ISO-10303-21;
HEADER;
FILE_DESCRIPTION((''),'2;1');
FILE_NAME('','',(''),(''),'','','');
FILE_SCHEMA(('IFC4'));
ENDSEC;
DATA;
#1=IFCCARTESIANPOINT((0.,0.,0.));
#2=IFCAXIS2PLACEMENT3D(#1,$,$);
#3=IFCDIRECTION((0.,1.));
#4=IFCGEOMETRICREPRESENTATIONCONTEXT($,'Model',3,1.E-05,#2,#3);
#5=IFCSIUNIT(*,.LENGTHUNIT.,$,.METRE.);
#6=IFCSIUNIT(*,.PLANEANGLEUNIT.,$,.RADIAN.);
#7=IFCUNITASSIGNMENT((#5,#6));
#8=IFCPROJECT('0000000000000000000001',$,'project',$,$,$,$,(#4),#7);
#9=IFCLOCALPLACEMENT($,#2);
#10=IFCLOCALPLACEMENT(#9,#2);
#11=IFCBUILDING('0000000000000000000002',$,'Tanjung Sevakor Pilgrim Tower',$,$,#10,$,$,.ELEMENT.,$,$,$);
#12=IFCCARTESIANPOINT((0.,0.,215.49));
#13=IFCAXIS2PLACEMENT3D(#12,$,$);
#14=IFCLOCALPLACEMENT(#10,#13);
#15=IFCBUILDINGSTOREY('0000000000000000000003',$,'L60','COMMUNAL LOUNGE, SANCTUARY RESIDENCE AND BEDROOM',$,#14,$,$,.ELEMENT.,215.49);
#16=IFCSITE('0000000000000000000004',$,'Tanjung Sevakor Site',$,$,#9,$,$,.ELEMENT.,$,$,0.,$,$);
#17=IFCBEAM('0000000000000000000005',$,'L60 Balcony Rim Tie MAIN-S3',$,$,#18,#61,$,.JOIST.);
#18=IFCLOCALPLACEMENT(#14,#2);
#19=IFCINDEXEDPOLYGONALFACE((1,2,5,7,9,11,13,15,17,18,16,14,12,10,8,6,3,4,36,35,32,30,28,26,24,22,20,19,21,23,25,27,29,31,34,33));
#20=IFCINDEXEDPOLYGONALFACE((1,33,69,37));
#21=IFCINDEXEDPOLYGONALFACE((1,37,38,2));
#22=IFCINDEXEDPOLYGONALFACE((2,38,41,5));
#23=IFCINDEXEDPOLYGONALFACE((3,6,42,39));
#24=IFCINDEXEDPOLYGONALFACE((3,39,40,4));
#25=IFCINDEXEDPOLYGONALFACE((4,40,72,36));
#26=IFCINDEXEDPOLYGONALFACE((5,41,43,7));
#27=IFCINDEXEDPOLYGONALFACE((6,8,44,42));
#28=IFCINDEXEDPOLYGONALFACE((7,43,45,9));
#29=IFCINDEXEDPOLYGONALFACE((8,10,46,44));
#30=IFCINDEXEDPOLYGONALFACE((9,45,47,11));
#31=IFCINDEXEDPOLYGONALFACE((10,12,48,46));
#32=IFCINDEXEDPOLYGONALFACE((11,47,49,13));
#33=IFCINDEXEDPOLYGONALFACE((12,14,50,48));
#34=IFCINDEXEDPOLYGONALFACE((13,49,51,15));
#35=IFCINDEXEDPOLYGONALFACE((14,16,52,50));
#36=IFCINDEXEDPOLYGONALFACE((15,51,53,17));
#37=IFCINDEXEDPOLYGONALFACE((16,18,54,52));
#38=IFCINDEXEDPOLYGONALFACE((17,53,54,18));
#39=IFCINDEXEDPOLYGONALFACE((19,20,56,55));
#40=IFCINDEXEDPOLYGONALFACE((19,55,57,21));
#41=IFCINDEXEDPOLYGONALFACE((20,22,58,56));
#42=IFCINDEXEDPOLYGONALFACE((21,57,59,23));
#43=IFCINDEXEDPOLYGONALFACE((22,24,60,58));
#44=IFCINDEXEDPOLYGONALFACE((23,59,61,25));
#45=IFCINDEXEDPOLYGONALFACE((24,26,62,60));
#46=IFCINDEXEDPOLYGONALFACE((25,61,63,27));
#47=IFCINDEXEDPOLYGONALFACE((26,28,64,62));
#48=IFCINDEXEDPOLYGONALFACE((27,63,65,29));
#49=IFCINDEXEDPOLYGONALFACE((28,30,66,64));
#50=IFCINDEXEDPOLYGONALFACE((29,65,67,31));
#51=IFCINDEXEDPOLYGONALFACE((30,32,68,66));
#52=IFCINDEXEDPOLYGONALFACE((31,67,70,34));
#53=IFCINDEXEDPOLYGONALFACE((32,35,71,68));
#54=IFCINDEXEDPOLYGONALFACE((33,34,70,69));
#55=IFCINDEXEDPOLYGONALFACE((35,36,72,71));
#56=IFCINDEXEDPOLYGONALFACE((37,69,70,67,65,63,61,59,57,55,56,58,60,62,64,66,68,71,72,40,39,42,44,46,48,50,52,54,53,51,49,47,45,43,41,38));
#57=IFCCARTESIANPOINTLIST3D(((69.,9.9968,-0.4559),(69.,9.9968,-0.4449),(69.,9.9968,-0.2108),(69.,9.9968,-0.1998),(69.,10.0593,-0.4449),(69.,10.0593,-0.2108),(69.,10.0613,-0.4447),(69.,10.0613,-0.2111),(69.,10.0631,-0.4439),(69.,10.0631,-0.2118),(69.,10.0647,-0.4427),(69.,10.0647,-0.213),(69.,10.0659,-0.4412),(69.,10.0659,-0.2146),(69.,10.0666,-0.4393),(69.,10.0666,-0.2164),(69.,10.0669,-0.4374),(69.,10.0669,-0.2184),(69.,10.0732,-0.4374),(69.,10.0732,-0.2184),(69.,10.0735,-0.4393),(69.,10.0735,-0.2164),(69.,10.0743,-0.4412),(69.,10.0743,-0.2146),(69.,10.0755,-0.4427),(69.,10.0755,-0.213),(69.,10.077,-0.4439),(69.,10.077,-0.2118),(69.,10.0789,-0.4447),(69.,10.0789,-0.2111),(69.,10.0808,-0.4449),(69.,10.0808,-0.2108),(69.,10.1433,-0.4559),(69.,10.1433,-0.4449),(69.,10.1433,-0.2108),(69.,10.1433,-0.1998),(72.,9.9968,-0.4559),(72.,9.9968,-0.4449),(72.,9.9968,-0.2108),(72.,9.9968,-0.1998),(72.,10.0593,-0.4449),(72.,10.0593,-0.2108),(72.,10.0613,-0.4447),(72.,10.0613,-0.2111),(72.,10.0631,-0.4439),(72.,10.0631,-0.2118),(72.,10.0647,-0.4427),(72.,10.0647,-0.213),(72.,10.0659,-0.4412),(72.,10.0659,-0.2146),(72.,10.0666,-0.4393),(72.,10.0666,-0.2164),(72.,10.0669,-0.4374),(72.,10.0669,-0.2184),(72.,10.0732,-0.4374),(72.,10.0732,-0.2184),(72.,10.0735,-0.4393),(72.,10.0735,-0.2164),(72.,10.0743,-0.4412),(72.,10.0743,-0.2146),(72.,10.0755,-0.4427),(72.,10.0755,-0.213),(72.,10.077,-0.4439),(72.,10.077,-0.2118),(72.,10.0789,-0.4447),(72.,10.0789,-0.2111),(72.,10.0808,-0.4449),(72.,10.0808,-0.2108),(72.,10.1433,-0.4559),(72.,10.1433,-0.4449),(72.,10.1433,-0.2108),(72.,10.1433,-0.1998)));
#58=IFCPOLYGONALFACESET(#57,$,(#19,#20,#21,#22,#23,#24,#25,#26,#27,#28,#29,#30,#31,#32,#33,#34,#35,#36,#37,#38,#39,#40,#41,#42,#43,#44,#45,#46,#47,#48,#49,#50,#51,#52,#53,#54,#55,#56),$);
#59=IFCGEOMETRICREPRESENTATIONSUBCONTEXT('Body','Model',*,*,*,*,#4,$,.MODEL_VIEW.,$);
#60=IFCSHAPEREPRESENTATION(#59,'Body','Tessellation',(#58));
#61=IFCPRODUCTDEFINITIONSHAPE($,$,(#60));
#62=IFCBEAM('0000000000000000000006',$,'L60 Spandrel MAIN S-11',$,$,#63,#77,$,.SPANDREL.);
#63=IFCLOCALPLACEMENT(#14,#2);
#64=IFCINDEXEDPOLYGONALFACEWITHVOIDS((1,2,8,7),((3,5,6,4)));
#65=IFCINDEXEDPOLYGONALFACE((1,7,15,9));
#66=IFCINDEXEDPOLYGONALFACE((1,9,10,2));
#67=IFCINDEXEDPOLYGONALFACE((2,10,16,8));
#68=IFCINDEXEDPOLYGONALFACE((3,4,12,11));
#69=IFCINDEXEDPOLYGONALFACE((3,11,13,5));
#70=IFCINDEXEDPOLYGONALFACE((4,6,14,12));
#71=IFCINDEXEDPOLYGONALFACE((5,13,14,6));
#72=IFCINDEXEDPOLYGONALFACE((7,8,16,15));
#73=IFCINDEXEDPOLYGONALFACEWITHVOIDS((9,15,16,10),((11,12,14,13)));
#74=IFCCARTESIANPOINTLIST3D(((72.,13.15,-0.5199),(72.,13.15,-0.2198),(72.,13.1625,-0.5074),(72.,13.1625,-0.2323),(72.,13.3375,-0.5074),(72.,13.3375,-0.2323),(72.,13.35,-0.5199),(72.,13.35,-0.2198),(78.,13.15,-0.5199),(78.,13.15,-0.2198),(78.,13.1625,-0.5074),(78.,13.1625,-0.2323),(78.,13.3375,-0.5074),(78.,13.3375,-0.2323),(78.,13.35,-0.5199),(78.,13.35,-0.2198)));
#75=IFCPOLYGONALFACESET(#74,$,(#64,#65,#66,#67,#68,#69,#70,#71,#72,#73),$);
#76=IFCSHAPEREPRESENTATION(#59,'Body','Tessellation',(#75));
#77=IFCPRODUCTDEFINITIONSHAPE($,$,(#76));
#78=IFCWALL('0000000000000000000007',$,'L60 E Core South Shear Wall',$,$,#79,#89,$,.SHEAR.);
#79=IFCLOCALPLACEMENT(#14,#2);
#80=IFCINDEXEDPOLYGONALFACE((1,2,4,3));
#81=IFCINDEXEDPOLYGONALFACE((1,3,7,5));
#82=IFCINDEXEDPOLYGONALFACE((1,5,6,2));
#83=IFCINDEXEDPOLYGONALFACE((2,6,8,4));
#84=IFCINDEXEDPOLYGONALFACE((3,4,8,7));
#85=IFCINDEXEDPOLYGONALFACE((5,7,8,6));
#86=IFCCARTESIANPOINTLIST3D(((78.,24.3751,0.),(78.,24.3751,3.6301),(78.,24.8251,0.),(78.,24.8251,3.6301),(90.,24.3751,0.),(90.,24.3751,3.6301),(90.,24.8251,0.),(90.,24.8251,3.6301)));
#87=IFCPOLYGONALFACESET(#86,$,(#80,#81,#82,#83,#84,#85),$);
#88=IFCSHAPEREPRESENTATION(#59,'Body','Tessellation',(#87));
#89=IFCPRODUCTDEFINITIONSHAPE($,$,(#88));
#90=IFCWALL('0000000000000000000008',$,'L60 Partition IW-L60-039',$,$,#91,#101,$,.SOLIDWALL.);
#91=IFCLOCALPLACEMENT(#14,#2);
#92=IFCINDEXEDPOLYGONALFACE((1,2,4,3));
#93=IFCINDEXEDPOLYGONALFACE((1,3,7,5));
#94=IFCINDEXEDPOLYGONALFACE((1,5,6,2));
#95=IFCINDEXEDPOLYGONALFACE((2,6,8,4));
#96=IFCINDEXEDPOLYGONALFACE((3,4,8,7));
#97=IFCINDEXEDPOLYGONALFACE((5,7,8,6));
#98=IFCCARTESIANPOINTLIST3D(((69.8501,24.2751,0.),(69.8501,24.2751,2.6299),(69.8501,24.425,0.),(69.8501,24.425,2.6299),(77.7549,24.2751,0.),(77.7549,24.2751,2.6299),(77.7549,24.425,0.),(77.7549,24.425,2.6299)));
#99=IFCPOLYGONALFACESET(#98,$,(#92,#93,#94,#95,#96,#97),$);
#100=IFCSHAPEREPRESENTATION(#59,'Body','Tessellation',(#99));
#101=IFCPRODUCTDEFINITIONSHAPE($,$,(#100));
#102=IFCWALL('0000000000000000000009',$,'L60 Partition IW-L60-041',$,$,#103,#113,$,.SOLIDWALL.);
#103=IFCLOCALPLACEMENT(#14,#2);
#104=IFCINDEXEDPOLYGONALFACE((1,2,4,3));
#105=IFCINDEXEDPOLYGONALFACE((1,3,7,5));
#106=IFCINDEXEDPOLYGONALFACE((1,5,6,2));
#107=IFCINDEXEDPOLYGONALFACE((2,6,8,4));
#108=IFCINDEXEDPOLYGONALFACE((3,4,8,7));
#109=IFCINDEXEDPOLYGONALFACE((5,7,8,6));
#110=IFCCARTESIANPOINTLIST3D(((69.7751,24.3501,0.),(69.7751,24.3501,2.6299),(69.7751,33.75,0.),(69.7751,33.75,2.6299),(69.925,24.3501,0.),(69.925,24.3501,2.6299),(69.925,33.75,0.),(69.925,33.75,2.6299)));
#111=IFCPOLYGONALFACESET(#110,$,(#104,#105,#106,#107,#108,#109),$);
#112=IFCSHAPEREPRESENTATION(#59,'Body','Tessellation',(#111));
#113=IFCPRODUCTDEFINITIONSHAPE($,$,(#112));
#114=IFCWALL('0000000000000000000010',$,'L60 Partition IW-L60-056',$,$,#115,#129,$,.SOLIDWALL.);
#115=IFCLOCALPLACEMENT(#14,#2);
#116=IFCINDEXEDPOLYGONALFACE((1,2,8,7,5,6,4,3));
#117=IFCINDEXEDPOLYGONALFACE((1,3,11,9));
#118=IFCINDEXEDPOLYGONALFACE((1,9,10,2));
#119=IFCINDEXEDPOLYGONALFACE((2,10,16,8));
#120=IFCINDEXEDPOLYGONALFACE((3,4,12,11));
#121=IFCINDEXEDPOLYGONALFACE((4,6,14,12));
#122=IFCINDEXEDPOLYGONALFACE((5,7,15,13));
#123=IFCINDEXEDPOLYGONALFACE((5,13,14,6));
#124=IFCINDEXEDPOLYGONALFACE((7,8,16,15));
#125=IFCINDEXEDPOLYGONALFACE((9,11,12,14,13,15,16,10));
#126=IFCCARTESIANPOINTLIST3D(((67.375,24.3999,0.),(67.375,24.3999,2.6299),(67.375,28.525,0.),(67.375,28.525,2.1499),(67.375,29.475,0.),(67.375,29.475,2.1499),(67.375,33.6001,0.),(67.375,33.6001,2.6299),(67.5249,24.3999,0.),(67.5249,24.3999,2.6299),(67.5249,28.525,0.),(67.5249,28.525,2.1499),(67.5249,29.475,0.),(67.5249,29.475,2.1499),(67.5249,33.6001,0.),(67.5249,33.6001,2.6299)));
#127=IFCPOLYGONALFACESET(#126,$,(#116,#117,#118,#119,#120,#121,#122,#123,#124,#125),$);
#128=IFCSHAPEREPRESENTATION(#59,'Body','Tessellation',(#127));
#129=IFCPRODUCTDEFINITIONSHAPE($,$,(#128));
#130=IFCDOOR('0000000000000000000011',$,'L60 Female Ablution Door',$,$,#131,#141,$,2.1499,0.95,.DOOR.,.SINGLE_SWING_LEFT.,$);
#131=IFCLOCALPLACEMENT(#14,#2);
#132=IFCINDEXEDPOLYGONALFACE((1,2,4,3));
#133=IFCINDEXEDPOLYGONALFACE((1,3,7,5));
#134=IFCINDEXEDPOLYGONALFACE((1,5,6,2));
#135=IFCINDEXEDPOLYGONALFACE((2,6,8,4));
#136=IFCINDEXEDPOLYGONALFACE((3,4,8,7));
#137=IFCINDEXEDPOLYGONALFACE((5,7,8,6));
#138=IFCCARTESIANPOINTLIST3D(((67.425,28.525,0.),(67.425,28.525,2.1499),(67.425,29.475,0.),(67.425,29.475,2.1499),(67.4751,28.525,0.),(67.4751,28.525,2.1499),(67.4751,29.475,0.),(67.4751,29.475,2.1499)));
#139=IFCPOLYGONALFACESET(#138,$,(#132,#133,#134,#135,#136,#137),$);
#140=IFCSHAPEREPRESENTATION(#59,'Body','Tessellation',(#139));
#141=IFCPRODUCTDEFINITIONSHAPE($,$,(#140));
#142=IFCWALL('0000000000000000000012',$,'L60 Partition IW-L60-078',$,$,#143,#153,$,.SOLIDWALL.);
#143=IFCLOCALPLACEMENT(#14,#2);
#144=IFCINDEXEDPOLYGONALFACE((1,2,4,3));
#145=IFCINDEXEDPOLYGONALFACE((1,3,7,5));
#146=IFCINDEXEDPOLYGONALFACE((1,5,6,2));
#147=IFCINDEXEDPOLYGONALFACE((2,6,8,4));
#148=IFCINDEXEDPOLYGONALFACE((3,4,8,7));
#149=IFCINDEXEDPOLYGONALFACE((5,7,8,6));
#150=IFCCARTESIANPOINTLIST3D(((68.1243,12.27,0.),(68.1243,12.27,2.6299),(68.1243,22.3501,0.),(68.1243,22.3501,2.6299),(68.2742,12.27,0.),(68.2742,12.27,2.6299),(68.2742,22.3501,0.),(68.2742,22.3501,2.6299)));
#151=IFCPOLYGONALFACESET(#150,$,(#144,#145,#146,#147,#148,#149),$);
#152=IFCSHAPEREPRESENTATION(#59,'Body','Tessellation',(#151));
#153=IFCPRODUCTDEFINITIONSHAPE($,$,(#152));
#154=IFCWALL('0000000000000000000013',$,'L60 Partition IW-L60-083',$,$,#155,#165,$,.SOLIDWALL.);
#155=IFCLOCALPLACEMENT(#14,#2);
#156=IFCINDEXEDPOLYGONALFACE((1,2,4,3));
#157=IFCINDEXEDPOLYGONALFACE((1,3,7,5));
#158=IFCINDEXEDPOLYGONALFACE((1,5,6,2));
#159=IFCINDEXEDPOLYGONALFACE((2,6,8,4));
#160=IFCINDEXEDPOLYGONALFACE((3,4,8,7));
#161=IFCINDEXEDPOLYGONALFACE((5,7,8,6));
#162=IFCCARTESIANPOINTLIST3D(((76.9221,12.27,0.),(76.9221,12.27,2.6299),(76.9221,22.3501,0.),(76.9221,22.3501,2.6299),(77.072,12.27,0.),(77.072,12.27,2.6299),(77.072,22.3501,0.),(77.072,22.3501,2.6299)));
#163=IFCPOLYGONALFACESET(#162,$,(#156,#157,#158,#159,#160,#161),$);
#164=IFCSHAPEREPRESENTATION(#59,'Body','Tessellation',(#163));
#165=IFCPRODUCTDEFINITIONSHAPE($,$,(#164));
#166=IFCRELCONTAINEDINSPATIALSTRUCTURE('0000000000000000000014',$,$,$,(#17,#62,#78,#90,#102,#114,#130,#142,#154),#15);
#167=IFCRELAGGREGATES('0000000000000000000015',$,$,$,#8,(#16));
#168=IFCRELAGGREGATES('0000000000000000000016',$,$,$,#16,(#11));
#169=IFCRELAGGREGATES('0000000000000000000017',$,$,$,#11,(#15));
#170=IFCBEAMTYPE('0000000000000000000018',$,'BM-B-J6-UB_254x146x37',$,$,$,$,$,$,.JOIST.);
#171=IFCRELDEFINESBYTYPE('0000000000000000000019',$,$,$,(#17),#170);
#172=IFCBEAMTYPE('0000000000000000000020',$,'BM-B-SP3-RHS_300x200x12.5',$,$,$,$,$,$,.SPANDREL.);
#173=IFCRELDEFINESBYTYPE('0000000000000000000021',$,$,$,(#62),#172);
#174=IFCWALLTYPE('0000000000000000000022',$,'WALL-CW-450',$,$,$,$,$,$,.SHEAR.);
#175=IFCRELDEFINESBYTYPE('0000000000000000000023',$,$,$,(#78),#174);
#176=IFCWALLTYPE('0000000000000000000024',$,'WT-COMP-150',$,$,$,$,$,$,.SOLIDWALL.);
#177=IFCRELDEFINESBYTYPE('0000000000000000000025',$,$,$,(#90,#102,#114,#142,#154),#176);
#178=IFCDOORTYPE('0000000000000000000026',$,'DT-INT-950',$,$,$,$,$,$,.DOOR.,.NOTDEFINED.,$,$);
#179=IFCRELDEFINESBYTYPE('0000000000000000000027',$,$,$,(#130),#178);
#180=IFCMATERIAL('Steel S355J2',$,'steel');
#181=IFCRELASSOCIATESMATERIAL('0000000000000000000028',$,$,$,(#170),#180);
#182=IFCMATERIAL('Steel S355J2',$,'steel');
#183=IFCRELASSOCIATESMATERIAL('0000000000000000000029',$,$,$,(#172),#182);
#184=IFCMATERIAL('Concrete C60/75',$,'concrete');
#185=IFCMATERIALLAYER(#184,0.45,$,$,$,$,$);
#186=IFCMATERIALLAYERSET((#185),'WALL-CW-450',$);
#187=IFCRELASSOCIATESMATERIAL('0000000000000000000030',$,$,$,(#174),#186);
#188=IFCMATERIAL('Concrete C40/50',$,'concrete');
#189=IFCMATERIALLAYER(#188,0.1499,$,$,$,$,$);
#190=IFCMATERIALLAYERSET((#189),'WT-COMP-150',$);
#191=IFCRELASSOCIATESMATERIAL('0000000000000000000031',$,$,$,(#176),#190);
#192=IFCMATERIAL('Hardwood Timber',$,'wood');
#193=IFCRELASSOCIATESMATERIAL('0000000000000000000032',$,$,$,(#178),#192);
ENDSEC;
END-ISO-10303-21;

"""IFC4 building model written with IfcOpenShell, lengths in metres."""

from ifc_helpers import new_model, si_unit, direction, frame, frame_2d, origin, origin_2d, place, context, subcontext, project, spatial, rectangle, hollow_rectangle, i_section, extrude, material, layer, layer_set, material_profile, profile_set, type_object, element, fill, save


model = new_model("IFC4")

# Units and contexts
model_context = context("Model", 3, precision=1e-05, world=origin(), true_north=direction((0.0, 1.0)))
body_context = subcontext(model_context, "Body", "Model", "MODEL_VIEW")
ifc_project = project(units=[si_unit("LENGTHUNIT", "METRE"), si_unit("PLANEANGLEUNIT", "RADIAN")], contexts=[model_context])

# Site, building, storey
site_placement = place(None, origin())
site = spatial("IfcSite", under=ifc_project, at=site_placement, Name="Tanjung Sevakor Site", CompositionType="ELEMENT", RefElevation=0.0)
building_placement = place(site_placement, origin())
building = spatial("IfcBuilding", under=site, at=building_placement, Name="Tanjung Sevakor Pilgrim Tower", CompositionType="ELEMENT")
storey_placement = place(building_placement, frame((0.0, 0.0, 215.49)))
storey = spatial("IfcBuildingStorey", under=building, at=storey_placement, Name="L60", Description="COMMUNAL LOUNGE, SANCTUARY RESIDENCE AND BEDROOM", CompositionType="ELEMENT", Elevation=215.49)

# Beams
ifc_material_1 = material(Name="Steel S355J2", Category="steel")
ifc_material_profile_1 = material_profile(ifc_material_1, i_section(OverallWidth=0.1465, OverallDepth=0.2561, WebThickness=0.0063, FlangeThickness=0.011, FilletRadius=0.0076, at=origin_2d()))
ifc_profile_set_1 = profile_set([ifc_material_profile_1], Name="Steel S355J2")
beam_type_1 = type_object("IfcBeamType", Name="BM-B-J6-UB_254x146x37", PredefinedType="JOIST", material=ifc_profile_set_1)
beam_1_placement = place(storey_placement, frame((69.0, 10.0701, -0.3279), z_axis=(1.0, 0.0, 0.0), x_axis=(0.0, 1.0, 0.0)))
element("IfcBeam", 1, at=beam_1_placement, inside=storey, type_object=beam_type_1, Name="L60 Balcony Rim Tie MAIN-S3", PredefinedType="JOIST", context=body_context, shape_type="SweptSolid", body=[
    extrude(i_section(OverallWidth=0.1465, OverallDepth=0.2561, WebThickness=0.0063, FlangeThickness=0.011, FilletRadius=0.0076, at=origin_2d()), origin(), (0.0, 0.0, 1.0), 3.0),
])
ifc_material_2 = material(Name="Steel S355J2", Category="steel")
ifc_material_profile_2 = material_profile(ifc_material_2, hollow_rectangle(XDim=0.2, YDim=0.3, WallThickness=0.0125, at=origin_2d()))
ifc_profile_set_2 = profile_set([ifc_material_profile_2], Name="Steel S355J2")
beam_type_2 = type_object("IfcBeamType", Name="BM-B-SP3-RHS_300x200x12.5", PredefinedType="SPANDREL", material=ifc_profile_set_2)
beam_2_placement = place(storey_placement, frame((72.0, 13.25, -0.3699), z_axis=(1.0, 0.0, 0.0), x_axis=(0.0, 1.0, 0.0)))
element("IfcBeam", 2, at=beam_2_placement, inside=storey, type_object=beam_type_2, Name="L60 Spandrel MAIN S-11", PredefinedType="SPANDREL", context=body_context, shape_type="SweptSolid", body=[
    extrude(hollow_rectangle(XDim=0.2, YDim=0.3, WallThickness=0.0125, at=origin_2d()), origin(), (0.0, 0.0, 1.0), 6.0),
])

# Walls
ifc_material_3 = material(Name="Concrete C60/75", Category="concrete")
ifc_layer_1 = layer(ifc_material_3, 0.45)
ifc_layer_set_1 = layer_set([ifc_layer_1], Name="WALL-CW-450")
wall_type_1 = type_object("IfcWallType", Name="WALL-CW-450", PredefinedType="SHEAR", material=ifc_layer_set_1)
wall_1_placement = place(storey_placement, frame((78.0, 24.6001, 0.0), z_axis=(0.0, 0.0, 1.0), x_axis=(1.0, 0.0, 0.0)))
element("IfcWall", 3, at=wall_1_placement, inside=storey, type_object=wall_type_1, Name="L60 E Core South Shear Wall", PredefinedType="SHEAR", context=body_context, shape_type="SweptSolid", body=[
    extrude(rectangle(XDim=12.0, YDim=0.45, at=frame_2d((6.0, 0.0))), origin(), (0.0, 0.0, 1.0), 3.6301),
])
ifc_material_4 = material(Name="Concrete C40/50", Category="concrete")
ifc_layer_2 = layer(ifc_material_4, 0.1499)
ifc_layer_set_2 = layer_set([ifc_layer_2], Name="WT-COMP-150")
wall_type_2 = type_object("IfcWallType", Name="WT-COMP-150", PredefinedType="SOLIDWALL", material=ifc_layer_set_2)
wall_2_placement = place(storey_placement, frame((69.8501, 24.3501, 0.0), z_axis=(0.0, 0.0, 1.0), x_axis=(1.0, 0.0, 0.0)))
element("IfcWall", 4, at=wall_2_placement, inside=storey, type_object=wall_type_2, Name="L60 Partition IW-L60-039", PredefinedType="SOLIDWALL", context=body_context, shape_type="SweptSolid", body=[
    extrude(rectangle(XDim=7.9048, YDim=0.1499, at=frame_2d((3.9524, 0.0))), origin(), (0.0, 0.0, 1.0), 2.6299),
])
wall_3_placement = place(storey_placement, frame((69.8501, 24.3501, 0.0), z_axis=(0.0, 0.0, 1.0), x_axis=(0.0, 1.0, 0.0)))
element("IfcWall", 5, at=wall_3_placement, inside=storey, type_object=wall_type_2, Name="L60 Partition IW-L60-041", PredefinedType="SOLIDWALL", context=body_context, shape_type="SweptSolid", body=[
    extrude(rectangle(XDim=9.3999, YDim=0.1499, at=frame_2d((4.7, 0.0))), origin(), (0.0, 0.0, 1.0), 2.6299),
])

# Wall, opening, door
wall_4_placement = place(storey_placement, frame((67.45, 24.3999, 0.0), z_axis=(0.0, 0.0, 1.0), x_axis=(0.0, 1.0, 0.0)))
wall_4 = element("IfcWall", 6, at=wall_4_placement, inside=storey, type_object=wall_type_2, Name="L60 Partition IW-L60-056", PredefinedType="SOLIDWALL", context=body_context, shape_type="SweptSolid", body=[
    extrude(rectangle(XDim=9.2002, YDim=0.1499, at=frame_2d((4.6001, 0.0))), origin(), (0.0, 0.0, 1.0), 2.6299),
])
opening_1_placement = place(wall_4_placement, frame((4.125, 0.0, 0.0)))
opening_1 = element("IfcOpeningElement", 7, at=opening_1_placement, cuts=wall_4, PredefinedType="OPENING", context=body_context, shape_type="SweptSolid", body=[
    extrude(rectangle(XDim=0.95, YDim=2.1499, at=frame_2d((0.4751, 1.075))), frame((0.0, 0.085, 0.0), z_axis=(0.0, -1.0, 0.0), x_axis=(1.0, 0.0, 0.0)), (0.0, 0.0, 1.0), 0.1699),
])
ifc_material_5 = material(Name="Hardwood Timber", Category="wood")
door_type_1 = type_object("IfcDoorType", Name="DT-INT-950", OperationType="NOTDEFINED", PredefinedType="DOOR", material=ifc_material_5)
door_1_placement = place(opening_1_placement, origin())
door_1 = element("IfcDoor", 8, at=door_1_placement, inside=storey, type_object=door_type_1, Name="L60 Female Ablution Door", OperationType="SINGLE_SWING_LEFT", OverallHeight=2.1499, OverallWidth=0.95, PredefinedType="DOOR", context=body_context, shape_type="SweptSolid", body=[
    extrude(rectangle(XDim=0.95, YDim=2.1499, at=frame_2d((0.4751, 1.075))), frame((0.0, 0.0249, 0.0), z_axis=(0.0, -1.0, 0.0), x_axis=(1.0, 0.0, 0.0)), (0.0, 0.0, 1.0), 0.05),
])
fill(opening_1, door_1)

# Walls
for number, where, z_axis, x_axis, name in (
    (9, (68.1992, 12.27, 0.0), (0.0, 0.0, 1.0), (0.0, 1.0, 0.0), "L60 Partition IW-L60-078"),
    (10, (76.9971, 12.27, 0.0), (0.0, 0.0, 1.0), (0.0, 1.0, 0.0), "L60 Partition IW-L60-083"),
):
    element("IfcWall", number, at=place(storey_placement, frame(where, z_axis=z_axis, x_axis=x_axis)), inside=storey, type_object=wall_type_2, Name=name, PredefinedType="SOLIDWALL", context=body_context, shape_type="SweptSolid", body=[
        extrude(rectangle(XDim=10.0801, YDim=0.1499, at=frame_2d((5.04, 0.0))), origin(), (0.0, 0.0, 1.0), 2.6299),
    ])

save(model, "model.ifc")
